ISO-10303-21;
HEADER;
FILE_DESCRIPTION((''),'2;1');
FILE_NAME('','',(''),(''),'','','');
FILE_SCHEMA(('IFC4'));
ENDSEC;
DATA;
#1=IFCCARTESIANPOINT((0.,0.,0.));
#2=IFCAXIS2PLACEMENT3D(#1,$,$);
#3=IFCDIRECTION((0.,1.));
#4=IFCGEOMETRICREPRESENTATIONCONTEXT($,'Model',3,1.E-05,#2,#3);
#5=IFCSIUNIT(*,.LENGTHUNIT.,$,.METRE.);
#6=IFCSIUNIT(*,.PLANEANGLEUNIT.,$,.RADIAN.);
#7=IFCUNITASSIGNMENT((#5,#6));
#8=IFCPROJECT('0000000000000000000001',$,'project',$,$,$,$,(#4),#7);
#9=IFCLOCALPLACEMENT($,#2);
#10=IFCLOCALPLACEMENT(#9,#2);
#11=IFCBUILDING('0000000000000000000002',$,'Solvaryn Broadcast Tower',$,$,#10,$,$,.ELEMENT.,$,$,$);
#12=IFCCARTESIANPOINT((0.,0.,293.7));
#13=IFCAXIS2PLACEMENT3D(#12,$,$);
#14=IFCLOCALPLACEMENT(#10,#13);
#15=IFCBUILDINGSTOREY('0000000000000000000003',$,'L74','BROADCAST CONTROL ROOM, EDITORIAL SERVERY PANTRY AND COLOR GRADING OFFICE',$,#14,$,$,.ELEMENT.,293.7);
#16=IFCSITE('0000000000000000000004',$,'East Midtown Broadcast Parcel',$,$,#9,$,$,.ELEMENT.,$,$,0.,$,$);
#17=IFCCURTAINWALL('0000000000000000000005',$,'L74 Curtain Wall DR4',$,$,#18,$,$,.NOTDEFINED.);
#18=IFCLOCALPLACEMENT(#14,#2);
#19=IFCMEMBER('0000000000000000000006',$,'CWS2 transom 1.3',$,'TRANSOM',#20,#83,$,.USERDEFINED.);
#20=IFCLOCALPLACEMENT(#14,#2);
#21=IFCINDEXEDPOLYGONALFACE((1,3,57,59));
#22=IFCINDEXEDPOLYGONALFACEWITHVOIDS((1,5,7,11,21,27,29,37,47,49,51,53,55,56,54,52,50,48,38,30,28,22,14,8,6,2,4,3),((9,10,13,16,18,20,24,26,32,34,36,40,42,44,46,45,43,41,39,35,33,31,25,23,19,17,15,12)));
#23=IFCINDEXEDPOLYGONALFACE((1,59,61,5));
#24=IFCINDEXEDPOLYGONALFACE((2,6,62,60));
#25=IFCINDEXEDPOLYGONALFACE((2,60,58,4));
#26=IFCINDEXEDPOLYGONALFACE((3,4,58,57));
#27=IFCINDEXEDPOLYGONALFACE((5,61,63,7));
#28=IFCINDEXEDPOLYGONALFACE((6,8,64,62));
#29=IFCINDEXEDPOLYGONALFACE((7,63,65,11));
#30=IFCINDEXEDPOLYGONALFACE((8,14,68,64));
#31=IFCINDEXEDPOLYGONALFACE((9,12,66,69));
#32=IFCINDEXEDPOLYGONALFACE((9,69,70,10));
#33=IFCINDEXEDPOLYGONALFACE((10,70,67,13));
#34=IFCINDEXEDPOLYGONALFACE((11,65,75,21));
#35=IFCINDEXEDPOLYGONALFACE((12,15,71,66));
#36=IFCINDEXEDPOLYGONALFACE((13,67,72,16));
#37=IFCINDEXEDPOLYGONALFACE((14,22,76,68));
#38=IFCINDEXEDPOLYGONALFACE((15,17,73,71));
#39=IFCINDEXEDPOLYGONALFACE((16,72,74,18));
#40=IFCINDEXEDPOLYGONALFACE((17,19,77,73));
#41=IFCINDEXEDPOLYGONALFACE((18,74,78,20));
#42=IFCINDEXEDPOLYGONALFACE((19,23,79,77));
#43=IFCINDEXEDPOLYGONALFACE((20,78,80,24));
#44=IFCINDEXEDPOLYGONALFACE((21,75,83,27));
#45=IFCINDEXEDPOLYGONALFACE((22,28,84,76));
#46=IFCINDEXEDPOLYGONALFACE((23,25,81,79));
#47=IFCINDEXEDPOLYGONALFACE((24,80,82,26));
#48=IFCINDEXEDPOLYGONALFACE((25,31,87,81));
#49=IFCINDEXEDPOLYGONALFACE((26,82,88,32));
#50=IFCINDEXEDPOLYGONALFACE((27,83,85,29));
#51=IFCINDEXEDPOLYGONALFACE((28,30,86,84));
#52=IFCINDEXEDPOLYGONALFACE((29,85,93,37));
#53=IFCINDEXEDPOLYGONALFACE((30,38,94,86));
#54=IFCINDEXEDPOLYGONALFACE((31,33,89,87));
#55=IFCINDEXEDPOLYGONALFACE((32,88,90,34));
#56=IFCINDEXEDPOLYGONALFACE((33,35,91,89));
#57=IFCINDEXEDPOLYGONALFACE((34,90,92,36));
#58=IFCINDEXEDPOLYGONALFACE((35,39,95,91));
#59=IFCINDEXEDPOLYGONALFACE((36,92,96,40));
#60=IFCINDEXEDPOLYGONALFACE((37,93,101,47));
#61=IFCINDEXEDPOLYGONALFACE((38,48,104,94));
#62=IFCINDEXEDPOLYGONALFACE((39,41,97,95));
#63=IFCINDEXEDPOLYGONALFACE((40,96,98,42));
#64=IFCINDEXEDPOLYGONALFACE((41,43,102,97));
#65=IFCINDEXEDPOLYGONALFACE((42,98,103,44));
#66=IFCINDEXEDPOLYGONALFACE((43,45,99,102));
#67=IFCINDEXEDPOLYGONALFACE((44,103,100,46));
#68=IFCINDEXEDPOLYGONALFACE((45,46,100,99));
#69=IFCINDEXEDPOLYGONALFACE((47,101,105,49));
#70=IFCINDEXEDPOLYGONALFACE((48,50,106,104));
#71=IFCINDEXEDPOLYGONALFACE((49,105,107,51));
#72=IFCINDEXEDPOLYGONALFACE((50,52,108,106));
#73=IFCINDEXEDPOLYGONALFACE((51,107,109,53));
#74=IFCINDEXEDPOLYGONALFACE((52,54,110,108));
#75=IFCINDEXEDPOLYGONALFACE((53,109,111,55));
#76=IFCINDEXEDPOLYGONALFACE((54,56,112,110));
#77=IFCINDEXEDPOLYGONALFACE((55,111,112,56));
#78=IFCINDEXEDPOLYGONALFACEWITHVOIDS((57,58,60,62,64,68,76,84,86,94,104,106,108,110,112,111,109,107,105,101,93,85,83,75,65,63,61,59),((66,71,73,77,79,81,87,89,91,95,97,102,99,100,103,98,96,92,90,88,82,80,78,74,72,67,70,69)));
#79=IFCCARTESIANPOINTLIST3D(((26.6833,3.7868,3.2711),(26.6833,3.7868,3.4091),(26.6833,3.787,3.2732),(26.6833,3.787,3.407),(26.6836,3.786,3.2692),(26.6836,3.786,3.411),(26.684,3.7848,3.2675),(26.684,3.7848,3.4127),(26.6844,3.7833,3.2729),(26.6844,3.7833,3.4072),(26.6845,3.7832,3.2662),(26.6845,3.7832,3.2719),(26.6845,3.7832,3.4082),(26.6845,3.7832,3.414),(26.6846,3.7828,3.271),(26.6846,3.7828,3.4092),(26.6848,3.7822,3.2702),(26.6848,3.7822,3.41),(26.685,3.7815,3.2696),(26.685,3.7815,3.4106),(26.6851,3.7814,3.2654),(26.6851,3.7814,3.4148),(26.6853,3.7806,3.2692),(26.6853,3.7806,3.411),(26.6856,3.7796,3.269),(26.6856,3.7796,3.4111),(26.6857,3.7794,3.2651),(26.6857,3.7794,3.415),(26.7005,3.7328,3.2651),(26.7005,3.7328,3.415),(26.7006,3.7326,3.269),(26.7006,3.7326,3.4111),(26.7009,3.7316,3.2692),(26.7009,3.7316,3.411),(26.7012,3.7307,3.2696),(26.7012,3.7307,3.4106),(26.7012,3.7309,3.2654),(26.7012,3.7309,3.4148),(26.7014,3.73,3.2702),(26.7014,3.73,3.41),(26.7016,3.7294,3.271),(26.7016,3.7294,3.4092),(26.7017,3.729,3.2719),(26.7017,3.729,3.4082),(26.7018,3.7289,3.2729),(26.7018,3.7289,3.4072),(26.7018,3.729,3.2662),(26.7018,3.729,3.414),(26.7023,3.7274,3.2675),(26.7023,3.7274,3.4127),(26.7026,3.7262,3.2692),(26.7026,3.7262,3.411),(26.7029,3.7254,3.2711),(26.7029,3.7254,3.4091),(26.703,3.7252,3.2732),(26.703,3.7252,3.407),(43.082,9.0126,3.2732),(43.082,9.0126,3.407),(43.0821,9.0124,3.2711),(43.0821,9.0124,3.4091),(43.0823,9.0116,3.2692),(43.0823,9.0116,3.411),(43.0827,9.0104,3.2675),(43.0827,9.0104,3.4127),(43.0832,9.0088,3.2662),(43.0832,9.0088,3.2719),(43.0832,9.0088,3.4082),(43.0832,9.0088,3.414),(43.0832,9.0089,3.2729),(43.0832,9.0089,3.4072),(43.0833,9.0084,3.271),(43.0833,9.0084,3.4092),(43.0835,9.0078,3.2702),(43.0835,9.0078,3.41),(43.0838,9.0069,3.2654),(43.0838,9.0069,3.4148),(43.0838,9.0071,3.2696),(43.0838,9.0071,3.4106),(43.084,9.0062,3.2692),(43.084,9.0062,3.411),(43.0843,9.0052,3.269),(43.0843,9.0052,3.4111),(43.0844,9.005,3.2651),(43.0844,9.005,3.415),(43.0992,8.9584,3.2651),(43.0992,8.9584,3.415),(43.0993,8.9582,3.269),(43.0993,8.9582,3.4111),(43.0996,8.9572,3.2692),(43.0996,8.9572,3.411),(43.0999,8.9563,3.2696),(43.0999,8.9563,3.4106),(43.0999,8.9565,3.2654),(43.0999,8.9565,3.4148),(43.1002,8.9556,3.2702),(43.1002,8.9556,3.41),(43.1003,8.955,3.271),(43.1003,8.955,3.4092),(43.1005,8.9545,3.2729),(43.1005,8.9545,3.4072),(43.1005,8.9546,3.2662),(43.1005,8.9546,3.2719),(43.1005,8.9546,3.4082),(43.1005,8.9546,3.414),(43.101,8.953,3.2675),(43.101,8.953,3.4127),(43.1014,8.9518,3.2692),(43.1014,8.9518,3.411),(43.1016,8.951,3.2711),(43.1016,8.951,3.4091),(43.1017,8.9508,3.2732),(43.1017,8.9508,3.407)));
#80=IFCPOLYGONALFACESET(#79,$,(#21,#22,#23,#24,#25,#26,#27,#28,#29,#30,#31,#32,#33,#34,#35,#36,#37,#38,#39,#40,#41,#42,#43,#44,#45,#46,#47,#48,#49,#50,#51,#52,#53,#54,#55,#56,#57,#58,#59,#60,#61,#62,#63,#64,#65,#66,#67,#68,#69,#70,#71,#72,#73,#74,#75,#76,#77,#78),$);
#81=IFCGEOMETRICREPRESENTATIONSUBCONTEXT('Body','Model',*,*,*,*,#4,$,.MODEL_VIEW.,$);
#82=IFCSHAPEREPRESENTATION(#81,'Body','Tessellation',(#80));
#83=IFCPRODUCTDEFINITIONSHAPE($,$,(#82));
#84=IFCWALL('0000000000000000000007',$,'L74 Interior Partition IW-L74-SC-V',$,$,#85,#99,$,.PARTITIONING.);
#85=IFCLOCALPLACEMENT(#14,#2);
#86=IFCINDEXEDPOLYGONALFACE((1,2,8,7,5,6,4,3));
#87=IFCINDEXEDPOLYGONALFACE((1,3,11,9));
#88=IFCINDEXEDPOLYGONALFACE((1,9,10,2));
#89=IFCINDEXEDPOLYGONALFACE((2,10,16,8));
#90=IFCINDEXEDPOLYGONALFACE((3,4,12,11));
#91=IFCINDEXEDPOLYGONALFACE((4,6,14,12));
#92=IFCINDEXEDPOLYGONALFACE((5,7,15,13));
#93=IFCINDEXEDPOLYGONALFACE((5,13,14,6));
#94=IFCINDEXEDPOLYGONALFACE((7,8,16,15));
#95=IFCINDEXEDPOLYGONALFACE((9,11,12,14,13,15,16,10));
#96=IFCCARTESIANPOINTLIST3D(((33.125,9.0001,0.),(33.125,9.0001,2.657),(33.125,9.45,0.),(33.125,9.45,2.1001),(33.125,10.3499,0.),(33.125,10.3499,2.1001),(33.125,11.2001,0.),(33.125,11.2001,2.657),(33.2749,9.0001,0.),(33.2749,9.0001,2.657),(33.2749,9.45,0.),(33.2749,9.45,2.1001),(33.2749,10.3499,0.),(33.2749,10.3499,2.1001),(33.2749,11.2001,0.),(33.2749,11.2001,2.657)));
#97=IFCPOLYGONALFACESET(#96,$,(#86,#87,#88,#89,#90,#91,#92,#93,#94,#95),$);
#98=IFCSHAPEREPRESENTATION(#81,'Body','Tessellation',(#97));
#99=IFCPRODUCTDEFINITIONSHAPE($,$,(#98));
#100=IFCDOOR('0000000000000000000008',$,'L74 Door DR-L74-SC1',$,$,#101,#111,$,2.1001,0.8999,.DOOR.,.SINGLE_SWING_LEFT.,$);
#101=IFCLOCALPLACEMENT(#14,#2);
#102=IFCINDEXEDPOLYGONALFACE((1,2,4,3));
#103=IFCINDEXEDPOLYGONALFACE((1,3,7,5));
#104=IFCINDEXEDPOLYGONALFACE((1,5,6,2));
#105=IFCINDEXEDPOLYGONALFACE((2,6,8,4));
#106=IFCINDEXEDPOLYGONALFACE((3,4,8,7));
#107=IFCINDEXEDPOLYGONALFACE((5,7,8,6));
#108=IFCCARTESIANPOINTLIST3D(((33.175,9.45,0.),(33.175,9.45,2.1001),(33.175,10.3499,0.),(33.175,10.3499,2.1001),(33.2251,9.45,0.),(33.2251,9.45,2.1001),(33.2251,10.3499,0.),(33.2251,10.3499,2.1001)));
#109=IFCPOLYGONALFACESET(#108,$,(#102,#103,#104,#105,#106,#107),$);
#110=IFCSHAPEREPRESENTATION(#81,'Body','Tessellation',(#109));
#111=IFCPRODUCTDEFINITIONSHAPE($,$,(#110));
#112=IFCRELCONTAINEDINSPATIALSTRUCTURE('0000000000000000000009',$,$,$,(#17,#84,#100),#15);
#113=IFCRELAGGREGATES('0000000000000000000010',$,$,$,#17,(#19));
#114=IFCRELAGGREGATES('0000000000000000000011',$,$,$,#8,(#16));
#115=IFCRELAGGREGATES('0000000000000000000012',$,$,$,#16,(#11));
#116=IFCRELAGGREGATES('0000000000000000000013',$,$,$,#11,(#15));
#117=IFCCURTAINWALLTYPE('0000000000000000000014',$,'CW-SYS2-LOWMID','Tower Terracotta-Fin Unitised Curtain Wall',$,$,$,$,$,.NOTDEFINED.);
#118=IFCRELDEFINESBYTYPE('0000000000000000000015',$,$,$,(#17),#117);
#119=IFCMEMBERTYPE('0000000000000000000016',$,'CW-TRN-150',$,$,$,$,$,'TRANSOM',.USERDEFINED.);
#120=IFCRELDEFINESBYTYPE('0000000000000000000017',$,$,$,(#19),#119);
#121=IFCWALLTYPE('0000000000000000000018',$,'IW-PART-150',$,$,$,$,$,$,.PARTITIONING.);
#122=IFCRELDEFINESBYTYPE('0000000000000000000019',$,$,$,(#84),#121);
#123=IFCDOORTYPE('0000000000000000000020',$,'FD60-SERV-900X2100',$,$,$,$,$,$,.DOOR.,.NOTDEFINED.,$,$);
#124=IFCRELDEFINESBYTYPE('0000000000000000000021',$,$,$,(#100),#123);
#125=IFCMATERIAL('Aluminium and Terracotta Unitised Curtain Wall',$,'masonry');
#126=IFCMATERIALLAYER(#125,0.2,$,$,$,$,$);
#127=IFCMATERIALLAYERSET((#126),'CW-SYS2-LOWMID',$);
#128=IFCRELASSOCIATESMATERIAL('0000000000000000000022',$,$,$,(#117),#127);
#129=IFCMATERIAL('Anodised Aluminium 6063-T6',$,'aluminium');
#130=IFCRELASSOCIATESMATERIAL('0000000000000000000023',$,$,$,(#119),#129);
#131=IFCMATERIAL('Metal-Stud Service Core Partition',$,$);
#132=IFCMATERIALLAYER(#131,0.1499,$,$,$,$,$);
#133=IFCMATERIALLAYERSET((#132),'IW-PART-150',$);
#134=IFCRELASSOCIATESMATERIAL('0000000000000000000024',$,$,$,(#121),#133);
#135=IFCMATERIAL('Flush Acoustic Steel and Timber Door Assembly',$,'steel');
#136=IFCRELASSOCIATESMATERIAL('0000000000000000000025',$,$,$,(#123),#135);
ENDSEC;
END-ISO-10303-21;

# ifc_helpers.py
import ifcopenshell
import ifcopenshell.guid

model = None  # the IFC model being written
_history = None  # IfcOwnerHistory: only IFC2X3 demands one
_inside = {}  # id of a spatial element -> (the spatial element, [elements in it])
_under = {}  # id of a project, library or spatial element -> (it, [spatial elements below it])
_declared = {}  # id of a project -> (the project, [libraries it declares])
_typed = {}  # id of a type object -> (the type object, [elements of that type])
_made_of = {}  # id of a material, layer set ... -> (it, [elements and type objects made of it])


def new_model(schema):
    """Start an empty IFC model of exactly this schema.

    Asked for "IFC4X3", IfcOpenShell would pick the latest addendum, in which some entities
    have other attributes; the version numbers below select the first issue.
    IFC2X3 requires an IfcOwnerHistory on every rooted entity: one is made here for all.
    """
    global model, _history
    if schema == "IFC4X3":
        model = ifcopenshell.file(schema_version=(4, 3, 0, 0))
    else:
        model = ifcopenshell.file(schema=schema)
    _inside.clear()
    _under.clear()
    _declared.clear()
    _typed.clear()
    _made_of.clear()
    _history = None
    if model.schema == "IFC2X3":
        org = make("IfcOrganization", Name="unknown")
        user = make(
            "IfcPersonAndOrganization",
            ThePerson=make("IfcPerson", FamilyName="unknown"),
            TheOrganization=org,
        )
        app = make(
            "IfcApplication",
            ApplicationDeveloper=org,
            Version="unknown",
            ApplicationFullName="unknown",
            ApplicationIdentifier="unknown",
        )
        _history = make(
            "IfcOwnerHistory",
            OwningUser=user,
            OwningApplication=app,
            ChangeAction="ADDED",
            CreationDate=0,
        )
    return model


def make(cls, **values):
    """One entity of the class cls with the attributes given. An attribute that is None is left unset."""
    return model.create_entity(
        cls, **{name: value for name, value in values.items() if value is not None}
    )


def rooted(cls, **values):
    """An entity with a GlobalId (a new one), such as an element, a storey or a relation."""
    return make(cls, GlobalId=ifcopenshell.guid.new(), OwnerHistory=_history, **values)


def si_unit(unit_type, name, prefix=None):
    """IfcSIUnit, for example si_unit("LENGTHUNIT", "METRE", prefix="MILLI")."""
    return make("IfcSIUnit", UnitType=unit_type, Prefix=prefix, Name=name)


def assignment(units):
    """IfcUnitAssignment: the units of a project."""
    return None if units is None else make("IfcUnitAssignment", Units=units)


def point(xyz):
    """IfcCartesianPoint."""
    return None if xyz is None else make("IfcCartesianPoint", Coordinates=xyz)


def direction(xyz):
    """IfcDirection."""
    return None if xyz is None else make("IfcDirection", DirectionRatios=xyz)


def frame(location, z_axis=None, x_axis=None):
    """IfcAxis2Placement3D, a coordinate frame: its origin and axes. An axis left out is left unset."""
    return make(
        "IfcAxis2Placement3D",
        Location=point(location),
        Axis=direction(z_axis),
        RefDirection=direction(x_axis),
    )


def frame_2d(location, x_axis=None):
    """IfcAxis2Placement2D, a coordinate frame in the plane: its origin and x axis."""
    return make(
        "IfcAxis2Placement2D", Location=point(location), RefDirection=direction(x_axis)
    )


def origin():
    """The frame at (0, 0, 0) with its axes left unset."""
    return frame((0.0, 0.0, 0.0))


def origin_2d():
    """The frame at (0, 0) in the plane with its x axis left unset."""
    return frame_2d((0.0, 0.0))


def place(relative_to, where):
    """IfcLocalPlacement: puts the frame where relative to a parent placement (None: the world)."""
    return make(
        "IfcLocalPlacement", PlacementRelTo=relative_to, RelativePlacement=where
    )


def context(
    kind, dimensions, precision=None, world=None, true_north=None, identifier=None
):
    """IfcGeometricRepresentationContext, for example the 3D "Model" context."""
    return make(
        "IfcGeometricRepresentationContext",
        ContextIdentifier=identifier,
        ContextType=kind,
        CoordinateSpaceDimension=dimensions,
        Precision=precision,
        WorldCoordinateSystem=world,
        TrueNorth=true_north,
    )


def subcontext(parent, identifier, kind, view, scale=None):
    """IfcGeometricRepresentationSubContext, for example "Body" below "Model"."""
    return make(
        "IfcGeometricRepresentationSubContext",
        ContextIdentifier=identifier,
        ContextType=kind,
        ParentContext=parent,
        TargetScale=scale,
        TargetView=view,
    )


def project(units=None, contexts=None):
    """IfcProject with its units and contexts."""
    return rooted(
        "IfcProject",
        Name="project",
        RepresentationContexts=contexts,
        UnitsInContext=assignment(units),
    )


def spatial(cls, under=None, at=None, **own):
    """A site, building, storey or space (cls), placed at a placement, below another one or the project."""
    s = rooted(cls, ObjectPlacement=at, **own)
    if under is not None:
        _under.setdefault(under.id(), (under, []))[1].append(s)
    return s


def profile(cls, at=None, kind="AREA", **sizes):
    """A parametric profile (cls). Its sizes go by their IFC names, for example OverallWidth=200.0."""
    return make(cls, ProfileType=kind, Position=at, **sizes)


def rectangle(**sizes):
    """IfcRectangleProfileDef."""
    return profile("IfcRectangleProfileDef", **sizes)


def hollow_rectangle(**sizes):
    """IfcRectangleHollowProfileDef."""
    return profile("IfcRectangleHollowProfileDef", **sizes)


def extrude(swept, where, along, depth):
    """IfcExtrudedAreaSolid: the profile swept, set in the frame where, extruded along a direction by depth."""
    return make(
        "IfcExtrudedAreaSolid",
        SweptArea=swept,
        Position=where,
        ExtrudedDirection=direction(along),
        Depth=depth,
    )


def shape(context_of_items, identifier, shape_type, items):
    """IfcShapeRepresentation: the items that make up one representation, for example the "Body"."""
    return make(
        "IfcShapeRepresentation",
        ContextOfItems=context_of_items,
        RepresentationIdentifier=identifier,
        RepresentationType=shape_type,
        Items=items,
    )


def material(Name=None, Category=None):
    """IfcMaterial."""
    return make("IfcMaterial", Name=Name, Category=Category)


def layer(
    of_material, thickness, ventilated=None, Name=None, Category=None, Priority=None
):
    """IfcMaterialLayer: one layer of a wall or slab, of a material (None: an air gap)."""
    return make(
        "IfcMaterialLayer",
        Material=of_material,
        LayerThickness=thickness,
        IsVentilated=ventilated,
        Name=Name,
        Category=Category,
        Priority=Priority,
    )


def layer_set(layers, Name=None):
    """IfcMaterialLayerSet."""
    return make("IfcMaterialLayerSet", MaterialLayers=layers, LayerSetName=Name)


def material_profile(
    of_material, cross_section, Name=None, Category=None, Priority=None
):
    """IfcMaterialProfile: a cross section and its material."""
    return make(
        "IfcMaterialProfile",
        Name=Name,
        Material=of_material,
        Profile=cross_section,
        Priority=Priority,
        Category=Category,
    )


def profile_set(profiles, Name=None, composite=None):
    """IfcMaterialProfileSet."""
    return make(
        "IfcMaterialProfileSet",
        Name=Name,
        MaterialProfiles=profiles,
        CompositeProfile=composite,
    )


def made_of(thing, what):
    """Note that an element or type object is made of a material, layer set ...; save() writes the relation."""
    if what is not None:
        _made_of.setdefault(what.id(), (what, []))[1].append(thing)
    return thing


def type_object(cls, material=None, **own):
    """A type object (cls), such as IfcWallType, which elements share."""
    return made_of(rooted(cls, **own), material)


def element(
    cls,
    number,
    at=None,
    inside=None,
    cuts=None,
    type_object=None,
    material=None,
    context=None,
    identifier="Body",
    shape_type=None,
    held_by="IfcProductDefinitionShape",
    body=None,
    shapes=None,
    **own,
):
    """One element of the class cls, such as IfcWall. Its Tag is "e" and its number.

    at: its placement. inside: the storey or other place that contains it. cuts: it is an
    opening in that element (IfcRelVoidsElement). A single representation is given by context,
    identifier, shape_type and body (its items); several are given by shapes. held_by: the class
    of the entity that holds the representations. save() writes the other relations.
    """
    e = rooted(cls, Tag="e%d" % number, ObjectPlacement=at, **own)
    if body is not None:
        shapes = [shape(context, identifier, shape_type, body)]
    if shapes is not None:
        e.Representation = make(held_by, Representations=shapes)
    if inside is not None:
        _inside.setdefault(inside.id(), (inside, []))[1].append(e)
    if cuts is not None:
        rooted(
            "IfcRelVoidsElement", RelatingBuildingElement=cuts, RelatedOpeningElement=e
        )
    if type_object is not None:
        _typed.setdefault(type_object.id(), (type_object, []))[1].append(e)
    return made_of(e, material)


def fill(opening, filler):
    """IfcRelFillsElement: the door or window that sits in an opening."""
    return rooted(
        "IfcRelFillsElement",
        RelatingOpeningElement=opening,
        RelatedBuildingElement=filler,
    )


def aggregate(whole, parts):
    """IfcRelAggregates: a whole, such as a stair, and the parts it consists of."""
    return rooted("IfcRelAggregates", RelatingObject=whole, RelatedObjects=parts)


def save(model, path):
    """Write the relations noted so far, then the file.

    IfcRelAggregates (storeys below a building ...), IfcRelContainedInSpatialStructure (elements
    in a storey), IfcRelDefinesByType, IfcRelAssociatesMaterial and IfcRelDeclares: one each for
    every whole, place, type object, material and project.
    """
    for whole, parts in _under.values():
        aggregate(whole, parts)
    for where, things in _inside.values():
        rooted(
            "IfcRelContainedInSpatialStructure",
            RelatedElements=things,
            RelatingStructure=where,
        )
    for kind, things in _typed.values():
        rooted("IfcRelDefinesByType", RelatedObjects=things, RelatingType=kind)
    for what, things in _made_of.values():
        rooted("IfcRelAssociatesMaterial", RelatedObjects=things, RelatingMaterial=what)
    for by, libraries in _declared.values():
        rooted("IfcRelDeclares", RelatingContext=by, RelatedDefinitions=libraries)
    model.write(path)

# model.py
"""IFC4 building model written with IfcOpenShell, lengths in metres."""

from ifc_helpers import new_model, si_unit, direction, frame, frame_2d, origin, origin_2d, place, context, subcontext, project, spatial, rectangle, hollow_rectangle, extrude, material, layer, layer_set, material_profile, profile_set, type_object, element, fill, aggregate, save


model = new_model("IFC4")

# Units and contexts
model_context = context("Model", 3, precision=1e-05, world=origin(), true_north=direction((0.0, 1.0)))
body_context = subcontext(model_context, "Body", "Model", "MODEL_VIEW")
ifc_project = project(units=[si_unit("LENGTHUNIT", "METRE"), si_unit("PLANEANGLEUNIT", "RADIAN")], contexts=[model_context])

# Site, building, storey
site_placement = place(None, origin())
site = spatial("IfcSite", under=ifc_project, at=site_placement, Name="East Midtown Broadcast Parcel", CompositionType="ELEMENT", RefElevation=0.0)
building_placement = place(site_placement, origin())
building = spatial("IfcBuilding", under=site, at=building_placement, Name="Solvaryn Broadcast Tower", CompositionType="ELEMENT")
storey_placement = place(building_placement, frame((0.0, 0.0, 293.7)))
storey = spatial("IfcBuildingStorey", under=building, at=storey_placement, Name="L74", Description="BROADCAST CONTROL ROOM, EDITORIAL SERVERY PANTRY AND COLOR GRADING OFFICE", CompositionType="ELEMENT", Elevation=293.7)

# Shared definitions
ifc_material_1 = material(Name="Aluminium and Terracotta Unitised Curtain Wall", Category="masonry")
ifc_layer_1 = layer(ifc_material_1, 0.2)
ifc_layer_set_1 = layer_set([ifc_layer_1], Name="CW-SYS2-LOWMID")
curtain_wall_type = type_object("IfcCurtainWallType", Name="CW-SYS2-LOWMID", Description="Tower Terracotta-Fin Unitised Curtain Wall", PredefinedType="NOTDEFINED", material=ifc_layer_set_1)

# Curtain wall, member
curtain_wall_1_placement = place(storey_placement, origin())
curtain_wall_1 = element("IfcCurtainWall", 1, at=curtain_wall_1_placement, inside=storey, type_object=curtain_wall_type, Name="L74 Curtain Wall DR4", PredefinedType="NOTDEFINED")
ifc_material_2 = material(Name="Anodised Aluminium 6063-T6", Category="aluminium")
ifc_material_profile_1 = material_profile(ifc_material_2, hollow_rectangle(XDim=0.0649, YDim=0.1499, WallThickness=0.0039, InnerFilletRadius=0.0039, OuterFilletRadius=0.0081, at=origin_2d()))
ifc_profile_set_1 = profile_set([ifc_material_profile_1], Name="Anodised Aluminium 6063-T6")
member_type_1 = type_object("IfcMemberType", Name="CW-TRN-150", ElementType="TRANSOM", PredefinedType="USERDEFINED", material=ifc_profile_set_1)
member_1_placement = place(storey_placement, frame((26.6931, 3.7561, 3.3401), z_axis=(0.952794, 0.303616, 0.0), x_axis=(-0.303616, 0.952794, 0.0)))
member_1 = element("IfcMember", 2, at=member_1_placement, type_object=member_type_1, Name="CWS2 transom 1.3", ObjectType="TRANSOM", PredefinedType="USERDEFINED", context=body_context, shape_type="SweptSolid", body=[
    extrude(hollow_rectangle(XDim=0.0649, YDim=0.1499, WallThickness=0.0039, InnerFilletRadius=0.0039, OuterFilletRadius=0.0081, at=origin_2d()), origin(), (0.0, 0.0, 1.0), 17.2112),
])
aggregate(curtain_wall_1, [member_1])

# Wall, opening, door
ifc_material_3 = material(Name="Metal-Stud Service Core Partition")
ifc_layer_2 = layer(ifc_material_3, 0.1499)
ifc_layer_set_2 = layer_set([ifc_layer_2], Name="IW-PART-150")
wall_type_1 = type_object("IfcWallType", Name="IW-PART-150", PredefinedType="PARTITIONING", material=ifc_layer_set_2)
wall_1_placement = place(storey_placement, frame((33.2, 9.0, 0.0), z_axis=(0.0, 0.0, 1.0), x_axis=(0.0, 1.0, 0.0)))
wall_1 = element("IfcWall", 3, at=wall_1_placement, inside=storey, type_object=wall_type_1, Name="L74 Interior Partition IW-L74-SC-V", PredefinedType="PARTITIONING", context=body_context, shape_type="SweptSolid", body=[
    extrude(rectangle(XDim=2.2, YDim=0.1499, at=frame_2d((1.1001, 0.0))), origin(), (0.0, 0.0, 1.0), 2.657),
])
opening_1_placement = place(wall_1_placement, frame((0.45, 0.0, 0.0)))
opening_1 = element("IfcOpeningElement", 4, at=opening_1_placement, cuts=wall_1, PredefinedType="OPENING", context=body_context, shape_type="SweptSolid", body=[
    extrude(rectangle(XDim=0.8999, YDim=2.1001, at=frame_2d((0.45, 1.05))), frame((0.0, 0.085, 0.0), z_axis=(0.0, -1.0, 0.0), x_axis=(1.0, 0.0, 0.0)), (0.0, 0.0, 1.0), 0.1699),
])
ifc_material_4 = material(Name="Flush Acoustic Steel and Timber Door Assembly", Category="steel")
door_type_1 = type_object("IfcDoorType", Name="FD60-SERV-900X2100", OperationType="NOTDEFINED", PredefinedType="DOOR", material=ifc_material_4)
door_1_placement = place(opening_1_placement, origin())
door_1 = element("IfcDoor", 5, at=door_1_placement, inside=storey, type_object=door_type_1, Name="L74 Door DR-L74-SC1", OperationType="SINGLE_SWING_LEFT", OverallHeight=2.1001, OverallWidth=0.8999, PredefinedType="DOOR", context=body_context, shape_type="SweptSolid", body=[
    extrude(rectangle(XDim=0.8999, YDim=2.1001, at=frame_2d((0.45, 1.05))), frame((0.0, 0.0249, 0.0), z_axis=(0.0, -1.0, 0.0), x_axis=(1.0, 0.0, 0.0)), (0.0, 0.0, 1.0), 0.05),
])
fill(opening_1, door_1)

save(model, "model.ifc")
